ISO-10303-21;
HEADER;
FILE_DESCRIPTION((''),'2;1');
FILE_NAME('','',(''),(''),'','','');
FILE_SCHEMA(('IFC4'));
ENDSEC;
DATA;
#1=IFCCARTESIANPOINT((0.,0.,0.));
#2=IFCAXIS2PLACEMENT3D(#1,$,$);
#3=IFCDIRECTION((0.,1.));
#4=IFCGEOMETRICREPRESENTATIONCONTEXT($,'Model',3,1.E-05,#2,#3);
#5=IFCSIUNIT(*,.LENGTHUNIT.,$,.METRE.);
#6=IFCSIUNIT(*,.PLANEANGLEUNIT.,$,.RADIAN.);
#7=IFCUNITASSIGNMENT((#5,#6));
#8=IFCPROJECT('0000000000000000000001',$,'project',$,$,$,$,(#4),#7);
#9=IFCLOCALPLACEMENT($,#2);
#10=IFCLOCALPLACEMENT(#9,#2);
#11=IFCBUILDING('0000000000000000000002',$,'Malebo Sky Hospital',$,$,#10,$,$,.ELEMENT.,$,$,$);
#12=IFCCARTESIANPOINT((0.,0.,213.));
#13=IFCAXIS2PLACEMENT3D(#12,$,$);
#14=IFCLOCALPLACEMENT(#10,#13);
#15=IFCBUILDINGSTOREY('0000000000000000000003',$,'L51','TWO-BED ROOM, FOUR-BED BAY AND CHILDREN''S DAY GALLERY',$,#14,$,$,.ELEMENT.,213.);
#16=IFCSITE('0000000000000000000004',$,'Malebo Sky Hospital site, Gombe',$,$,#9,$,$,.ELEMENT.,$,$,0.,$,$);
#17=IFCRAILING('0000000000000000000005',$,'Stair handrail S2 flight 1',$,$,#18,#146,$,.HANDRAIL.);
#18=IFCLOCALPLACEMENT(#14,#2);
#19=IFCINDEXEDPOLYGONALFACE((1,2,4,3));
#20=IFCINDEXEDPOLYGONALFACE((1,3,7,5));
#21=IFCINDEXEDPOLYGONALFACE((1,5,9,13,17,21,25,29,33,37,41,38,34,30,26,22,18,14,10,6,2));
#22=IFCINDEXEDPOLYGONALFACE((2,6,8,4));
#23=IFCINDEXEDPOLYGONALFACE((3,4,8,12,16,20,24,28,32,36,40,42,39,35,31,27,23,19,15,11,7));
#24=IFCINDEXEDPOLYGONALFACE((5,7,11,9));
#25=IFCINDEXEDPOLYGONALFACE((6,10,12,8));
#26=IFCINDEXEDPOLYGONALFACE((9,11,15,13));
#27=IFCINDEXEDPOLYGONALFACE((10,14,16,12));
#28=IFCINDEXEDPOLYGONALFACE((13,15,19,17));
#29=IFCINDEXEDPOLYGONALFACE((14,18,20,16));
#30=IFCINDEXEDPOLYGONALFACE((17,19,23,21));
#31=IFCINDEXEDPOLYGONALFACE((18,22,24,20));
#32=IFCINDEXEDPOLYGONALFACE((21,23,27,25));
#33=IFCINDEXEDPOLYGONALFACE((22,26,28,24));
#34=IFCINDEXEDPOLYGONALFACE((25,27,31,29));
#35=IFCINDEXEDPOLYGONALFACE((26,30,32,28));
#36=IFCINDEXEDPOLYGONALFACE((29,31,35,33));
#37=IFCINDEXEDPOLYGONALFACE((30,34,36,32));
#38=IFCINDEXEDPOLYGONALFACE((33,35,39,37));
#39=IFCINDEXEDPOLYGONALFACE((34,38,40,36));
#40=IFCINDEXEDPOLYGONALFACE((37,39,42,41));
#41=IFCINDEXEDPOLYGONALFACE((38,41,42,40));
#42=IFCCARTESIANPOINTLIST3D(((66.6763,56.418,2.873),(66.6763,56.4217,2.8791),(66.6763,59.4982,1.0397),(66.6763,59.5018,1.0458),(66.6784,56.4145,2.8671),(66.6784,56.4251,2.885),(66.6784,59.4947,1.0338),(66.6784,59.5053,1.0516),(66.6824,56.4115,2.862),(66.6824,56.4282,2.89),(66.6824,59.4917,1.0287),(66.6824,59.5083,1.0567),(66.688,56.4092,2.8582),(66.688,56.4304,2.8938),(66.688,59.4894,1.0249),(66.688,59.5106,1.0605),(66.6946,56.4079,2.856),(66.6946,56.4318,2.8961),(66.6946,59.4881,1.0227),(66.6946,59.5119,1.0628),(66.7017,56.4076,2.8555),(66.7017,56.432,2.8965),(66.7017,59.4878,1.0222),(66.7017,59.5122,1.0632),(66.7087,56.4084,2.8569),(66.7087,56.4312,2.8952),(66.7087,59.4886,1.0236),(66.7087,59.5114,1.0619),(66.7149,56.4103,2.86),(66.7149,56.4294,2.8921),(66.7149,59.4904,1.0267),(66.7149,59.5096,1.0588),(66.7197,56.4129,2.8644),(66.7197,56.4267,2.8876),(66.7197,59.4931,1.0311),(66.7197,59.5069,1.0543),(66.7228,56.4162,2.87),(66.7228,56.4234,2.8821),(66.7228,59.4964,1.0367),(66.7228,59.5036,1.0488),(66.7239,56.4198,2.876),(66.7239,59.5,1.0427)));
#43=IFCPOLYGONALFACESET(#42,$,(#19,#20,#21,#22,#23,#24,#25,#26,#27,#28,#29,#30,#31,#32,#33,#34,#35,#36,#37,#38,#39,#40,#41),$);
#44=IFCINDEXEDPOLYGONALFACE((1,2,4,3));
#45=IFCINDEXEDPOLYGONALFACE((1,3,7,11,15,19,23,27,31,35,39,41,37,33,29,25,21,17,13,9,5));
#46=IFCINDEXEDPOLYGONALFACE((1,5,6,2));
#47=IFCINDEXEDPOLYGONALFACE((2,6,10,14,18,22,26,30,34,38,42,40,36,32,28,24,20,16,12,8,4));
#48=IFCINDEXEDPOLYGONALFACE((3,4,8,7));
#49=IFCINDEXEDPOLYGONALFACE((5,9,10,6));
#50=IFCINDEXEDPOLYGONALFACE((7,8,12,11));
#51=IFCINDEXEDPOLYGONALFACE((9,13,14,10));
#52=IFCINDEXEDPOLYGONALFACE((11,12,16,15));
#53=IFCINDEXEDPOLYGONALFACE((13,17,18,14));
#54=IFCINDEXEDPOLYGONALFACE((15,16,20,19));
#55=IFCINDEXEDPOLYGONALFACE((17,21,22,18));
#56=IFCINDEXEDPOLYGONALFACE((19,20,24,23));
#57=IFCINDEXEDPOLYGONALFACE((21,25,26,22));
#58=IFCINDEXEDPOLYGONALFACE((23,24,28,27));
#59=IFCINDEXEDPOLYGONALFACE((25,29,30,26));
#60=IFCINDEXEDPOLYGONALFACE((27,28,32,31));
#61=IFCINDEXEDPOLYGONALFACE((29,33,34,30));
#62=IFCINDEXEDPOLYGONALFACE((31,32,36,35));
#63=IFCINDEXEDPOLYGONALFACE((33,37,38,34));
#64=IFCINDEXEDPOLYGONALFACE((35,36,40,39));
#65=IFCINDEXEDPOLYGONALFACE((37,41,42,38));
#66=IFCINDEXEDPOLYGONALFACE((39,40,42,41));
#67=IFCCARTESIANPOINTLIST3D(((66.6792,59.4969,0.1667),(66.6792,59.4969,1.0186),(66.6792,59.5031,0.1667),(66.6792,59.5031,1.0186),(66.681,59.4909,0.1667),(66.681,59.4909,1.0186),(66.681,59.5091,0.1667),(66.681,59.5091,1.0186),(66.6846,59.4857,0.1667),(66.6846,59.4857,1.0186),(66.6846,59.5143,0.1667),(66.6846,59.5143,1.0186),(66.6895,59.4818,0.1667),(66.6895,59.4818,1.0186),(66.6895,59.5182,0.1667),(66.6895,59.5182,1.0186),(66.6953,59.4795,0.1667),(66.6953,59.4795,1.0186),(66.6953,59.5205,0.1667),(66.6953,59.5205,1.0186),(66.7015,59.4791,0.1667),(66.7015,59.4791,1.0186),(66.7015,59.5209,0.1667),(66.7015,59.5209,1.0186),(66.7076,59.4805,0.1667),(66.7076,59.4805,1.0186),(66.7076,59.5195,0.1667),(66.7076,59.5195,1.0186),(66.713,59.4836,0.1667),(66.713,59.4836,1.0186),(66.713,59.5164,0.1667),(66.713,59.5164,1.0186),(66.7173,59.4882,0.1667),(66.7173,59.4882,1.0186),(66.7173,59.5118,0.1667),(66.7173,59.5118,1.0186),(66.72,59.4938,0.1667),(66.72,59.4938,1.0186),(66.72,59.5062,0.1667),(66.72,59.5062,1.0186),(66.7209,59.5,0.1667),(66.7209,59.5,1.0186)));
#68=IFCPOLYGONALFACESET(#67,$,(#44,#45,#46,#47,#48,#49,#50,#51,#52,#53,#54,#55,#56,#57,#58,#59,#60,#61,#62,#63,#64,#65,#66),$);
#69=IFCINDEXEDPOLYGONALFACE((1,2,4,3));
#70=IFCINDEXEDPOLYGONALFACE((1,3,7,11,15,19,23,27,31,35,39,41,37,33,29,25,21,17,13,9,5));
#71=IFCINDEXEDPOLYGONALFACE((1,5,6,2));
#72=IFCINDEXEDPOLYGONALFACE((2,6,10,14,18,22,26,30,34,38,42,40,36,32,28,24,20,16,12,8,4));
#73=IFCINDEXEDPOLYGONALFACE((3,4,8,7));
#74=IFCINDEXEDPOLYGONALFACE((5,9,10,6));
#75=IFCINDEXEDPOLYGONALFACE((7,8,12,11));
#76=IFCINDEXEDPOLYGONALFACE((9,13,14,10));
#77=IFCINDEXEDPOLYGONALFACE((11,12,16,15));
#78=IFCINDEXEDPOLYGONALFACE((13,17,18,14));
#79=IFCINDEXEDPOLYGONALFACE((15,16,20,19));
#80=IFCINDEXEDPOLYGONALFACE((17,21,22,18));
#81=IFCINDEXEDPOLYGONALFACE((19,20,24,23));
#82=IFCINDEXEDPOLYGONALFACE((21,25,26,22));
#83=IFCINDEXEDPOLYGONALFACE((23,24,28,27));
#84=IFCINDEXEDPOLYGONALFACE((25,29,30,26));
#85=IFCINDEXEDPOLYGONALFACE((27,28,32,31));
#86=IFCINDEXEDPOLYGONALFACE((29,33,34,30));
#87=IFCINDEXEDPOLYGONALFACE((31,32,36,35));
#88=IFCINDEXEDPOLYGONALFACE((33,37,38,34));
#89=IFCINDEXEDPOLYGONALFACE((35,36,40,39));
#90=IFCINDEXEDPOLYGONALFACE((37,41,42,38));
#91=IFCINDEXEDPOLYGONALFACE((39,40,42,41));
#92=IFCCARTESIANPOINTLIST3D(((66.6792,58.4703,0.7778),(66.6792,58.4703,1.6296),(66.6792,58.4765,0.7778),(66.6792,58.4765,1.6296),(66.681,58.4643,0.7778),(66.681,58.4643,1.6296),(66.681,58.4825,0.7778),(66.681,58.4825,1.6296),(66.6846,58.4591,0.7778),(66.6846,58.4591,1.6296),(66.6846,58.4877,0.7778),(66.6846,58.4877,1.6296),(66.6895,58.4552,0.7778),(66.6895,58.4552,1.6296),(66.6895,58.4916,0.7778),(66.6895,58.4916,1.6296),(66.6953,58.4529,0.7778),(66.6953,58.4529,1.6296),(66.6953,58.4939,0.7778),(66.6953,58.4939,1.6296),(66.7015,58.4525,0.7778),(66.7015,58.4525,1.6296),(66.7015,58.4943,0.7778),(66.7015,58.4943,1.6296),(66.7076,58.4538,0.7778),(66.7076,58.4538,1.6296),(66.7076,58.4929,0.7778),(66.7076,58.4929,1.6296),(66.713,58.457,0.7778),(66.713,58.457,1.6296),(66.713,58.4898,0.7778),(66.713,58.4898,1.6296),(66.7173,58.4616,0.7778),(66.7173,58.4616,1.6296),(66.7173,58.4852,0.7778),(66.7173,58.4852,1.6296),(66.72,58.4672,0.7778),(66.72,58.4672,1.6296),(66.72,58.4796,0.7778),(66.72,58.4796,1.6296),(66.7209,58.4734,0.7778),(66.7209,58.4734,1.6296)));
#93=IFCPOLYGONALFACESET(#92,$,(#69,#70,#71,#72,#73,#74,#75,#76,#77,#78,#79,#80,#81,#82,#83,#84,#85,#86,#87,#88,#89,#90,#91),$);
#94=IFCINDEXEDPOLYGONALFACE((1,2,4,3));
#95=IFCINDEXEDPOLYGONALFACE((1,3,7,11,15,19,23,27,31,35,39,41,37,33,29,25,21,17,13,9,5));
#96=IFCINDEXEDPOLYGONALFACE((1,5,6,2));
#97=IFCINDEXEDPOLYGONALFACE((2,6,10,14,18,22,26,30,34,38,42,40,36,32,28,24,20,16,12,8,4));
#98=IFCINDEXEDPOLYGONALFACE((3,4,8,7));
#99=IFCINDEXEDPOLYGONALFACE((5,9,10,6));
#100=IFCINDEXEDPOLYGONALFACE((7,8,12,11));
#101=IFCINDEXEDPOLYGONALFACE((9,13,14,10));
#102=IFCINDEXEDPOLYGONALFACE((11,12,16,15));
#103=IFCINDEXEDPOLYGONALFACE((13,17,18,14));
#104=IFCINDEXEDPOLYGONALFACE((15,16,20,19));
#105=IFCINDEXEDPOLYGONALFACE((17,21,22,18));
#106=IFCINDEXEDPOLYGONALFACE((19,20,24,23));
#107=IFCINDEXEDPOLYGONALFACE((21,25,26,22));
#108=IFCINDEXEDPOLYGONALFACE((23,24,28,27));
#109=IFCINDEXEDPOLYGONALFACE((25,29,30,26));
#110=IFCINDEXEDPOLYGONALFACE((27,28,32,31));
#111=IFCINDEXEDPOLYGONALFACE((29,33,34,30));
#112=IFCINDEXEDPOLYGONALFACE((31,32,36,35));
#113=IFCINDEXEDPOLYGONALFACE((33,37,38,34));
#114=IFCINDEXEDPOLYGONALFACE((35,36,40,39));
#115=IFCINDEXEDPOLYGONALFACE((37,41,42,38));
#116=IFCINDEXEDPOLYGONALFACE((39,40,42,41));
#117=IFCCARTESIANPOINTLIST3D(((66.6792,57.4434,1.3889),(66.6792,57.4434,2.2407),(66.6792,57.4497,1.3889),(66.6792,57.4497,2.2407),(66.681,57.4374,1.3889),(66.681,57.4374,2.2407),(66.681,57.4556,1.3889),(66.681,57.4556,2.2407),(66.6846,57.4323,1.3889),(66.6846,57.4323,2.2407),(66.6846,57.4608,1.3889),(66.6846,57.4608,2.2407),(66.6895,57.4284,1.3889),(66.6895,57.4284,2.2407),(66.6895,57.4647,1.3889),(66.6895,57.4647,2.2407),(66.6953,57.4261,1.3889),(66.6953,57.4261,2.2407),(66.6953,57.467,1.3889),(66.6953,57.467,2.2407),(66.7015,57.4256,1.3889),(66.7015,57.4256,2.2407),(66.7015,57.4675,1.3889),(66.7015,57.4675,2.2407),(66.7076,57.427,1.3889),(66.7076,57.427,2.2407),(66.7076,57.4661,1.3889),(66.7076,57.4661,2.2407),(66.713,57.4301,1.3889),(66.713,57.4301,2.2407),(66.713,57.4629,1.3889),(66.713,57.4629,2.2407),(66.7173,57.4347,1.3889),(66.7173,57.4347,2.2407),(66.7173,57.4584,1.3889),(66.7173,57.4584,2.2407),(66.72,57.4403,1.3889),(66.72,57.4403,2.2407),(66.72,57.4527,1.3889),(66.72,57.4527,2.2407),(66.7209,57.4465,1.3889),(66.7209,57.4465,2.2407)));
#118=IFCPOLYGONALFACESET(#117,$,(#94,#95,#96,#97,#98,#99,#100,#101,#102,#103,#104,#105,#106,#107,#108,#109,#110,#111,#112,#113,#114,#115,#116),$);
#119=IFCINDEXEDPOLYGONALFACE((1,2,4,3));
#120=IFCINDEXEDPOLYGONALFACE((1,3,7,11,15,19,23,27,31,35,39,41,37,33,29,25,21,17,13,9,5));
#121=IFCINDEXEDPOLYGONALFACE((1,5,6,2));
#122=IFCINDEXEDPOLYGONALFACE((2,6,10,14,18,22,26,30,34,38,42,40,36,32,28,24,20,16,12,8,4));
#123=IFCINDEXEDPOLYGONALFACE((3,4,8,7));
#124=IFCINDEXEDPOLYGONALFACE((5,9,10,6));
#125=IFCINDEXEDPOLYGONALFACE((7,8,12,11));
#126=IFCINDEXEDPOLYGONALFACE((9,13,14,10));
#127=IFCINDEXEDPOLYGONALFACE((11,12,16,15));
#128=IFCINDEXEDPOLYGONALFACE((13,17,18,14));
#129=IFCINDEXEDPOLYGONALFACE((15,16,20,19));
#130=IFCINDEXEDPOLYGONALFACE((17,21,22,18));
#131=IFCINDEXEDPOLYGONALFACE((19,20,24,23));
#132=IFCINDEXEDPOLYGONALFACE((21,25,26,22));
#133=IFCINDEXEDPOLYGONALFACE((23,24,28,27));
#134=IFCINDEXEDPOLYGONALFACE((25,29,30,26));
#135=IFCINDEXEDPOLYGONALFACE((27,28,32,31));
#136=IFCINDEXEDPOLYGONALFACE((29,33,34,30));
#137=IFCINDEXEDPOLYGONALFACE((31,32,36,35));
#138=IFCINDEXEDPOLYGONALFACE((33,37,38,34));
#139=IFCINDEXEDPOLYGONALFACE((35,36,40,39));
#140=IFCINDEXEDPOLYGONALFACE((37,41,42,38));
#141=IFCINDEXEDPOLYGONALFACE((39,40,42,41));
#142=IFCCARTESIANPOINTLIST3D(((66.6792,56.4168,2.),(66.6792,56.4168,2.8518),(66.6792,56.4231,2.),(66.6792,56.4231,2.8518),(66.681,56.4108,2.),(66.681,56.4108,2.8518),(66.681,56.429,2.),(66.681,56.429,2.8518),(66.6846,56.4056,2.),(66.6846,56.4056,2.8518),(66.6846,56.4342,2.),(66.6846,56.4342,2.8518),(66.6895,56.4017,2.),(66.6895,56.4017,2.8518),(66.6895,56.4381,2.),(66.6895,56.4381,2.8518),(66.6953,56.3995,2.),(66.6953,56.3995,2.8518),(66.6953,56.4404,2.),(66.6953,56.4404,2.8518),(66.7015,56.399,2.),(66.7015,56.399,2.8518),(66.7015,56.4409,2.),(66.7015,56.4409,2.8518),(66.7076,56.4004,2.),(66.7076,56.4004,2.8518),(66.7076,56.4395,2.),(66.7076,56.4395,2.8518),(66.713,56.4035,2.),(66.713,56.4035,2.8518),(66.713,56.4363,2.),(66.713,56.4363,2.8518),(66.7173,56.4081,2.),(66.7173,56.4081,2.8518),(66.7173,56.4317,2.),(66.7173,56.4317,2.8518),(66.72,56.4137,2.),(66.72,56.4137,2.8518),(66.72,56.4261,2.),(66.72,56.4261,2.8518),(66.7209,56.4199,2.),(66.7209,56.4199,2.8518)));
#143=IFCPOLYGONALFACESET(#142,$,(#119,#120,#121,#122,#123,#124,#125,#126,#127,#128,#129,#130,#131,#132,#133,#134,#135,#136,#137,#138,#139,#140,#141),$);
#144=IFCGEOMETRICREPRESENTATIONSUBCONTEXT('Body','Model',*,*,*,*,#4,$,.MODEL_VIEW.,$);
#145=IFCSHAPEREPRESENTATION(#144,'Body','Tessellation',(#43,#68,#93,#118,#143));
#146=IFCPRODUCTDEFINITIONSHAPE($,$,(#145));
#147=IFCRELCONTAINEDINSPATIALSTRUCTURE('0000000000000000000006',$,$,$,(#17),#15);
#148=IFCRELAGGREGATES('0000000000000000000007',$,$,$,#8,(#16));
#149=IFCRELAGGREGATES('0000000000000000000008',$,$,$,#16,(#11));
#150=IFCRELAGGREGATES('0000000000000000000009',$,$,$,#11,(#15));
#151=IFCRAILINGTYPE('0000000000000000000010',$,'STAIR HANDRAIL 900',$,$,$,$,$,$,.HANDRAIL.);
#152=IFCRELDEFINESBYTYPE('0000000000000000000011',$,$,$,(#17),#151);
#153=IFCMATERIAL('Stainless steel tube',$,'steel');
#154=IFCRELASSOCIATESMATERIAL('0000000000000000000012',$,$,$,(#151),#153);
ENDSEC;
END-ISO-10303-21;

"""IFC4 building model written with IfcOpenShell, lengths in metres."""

from ifc_helpers import new_model, si_unit, direction, frame, origin, origin_2d, place, context, subcontext, project, spatial, circle, extrude, material, type_object, element, save


model = new_model("IFC4")

# Units and contexts
model_context = context("Model", 3, precision=1e-05, world=origin(), true_north=direction((0.0, 1.0)))
body_context = subcontext(model_context, "Body", "Model", "MODEL_VIEW")
ifc_project = project(units=[si_unit("LENGTHUNIT", "METRE"), si_unit("PLANEANGLEUNIT", "RADIAN")], contexts=[model_context])

# Site, building, storey
site_placement = place(None, origin())
site = spatial("IfcSite", under=ifc_project, at=site_placement, Name="Malebo Sky Hospital site, Gombe", CompositionType="ELEMENT", RefElevation=0.0)
building_placement = place(site_placement, origin())
building = spatial("IfcBuilding", under=site, at=building_placement, Name="Malebo Sky Hospital", CompositionType="ELEMENT")
storey_placement = place(building_placement, frame((0.0, 0.0, 213.0)))
storey = spatial("IfcBuildingStorey", under=building, at=storey_placement, Name="L51", Description="TWO-BED ROOM, FOUR-BED BAY AND CHILDREN'S DAY GALLERY", CompositionType="ELEMENT", Elevation=213.0)

# Railing
ifc_material_1 = material(Name="Stainless steel tube", Category="steel")
railing_type = type_object("IfcRailingType", Name="STAIR HANDRAIL 900", PredefinedType="HANDRAIL", material=ifc_material_1)
railing_1_placement = place(storey_placement, frame((66.7, 59.5, 0.1667)))
element("IfcRailing", 1, at=railing_1_placement, inside=storey, type_object=railing_type, Name="Stair handrail S2 flight 1", PredefinedType="HANDRAIL", context=body_context, shape_type="SweptSolid", body=[
    extrude(circle(Radius=0.0239, at=origin_2d()), frame((0.0, 0.0, 0.876), z_axis=(0.0, -0.859309, 0.511458), x_axis=(1.0, 0.0, 0.0)), (0.0, 0.0, 1.0), 3.5845),
    extrude(circle(Radius=0.021, at=origin_2d()), origin(), (0.0, 0.0, 1.0), 0.8518),
    extrude(circle(Radius=0.021, at=origin_2d()), frame((0.0, -1.0266, 0.6111)), (0.0, 0.0, 1.0), 0.8518),
    extrude(circle(Radius=0.021, at=origin_2d()), frame((0.0, -2.0535, 1.2222)), (0.0, 0.0, 1.0), 0.8518),
    extrude(circle(Radius=0.021, at=origin_2d()), frame((0.0, -3.0801, 1.8333)), (0.0, 0.0, 1.0), 0.8518),
])

save(model, "model.ifc")
